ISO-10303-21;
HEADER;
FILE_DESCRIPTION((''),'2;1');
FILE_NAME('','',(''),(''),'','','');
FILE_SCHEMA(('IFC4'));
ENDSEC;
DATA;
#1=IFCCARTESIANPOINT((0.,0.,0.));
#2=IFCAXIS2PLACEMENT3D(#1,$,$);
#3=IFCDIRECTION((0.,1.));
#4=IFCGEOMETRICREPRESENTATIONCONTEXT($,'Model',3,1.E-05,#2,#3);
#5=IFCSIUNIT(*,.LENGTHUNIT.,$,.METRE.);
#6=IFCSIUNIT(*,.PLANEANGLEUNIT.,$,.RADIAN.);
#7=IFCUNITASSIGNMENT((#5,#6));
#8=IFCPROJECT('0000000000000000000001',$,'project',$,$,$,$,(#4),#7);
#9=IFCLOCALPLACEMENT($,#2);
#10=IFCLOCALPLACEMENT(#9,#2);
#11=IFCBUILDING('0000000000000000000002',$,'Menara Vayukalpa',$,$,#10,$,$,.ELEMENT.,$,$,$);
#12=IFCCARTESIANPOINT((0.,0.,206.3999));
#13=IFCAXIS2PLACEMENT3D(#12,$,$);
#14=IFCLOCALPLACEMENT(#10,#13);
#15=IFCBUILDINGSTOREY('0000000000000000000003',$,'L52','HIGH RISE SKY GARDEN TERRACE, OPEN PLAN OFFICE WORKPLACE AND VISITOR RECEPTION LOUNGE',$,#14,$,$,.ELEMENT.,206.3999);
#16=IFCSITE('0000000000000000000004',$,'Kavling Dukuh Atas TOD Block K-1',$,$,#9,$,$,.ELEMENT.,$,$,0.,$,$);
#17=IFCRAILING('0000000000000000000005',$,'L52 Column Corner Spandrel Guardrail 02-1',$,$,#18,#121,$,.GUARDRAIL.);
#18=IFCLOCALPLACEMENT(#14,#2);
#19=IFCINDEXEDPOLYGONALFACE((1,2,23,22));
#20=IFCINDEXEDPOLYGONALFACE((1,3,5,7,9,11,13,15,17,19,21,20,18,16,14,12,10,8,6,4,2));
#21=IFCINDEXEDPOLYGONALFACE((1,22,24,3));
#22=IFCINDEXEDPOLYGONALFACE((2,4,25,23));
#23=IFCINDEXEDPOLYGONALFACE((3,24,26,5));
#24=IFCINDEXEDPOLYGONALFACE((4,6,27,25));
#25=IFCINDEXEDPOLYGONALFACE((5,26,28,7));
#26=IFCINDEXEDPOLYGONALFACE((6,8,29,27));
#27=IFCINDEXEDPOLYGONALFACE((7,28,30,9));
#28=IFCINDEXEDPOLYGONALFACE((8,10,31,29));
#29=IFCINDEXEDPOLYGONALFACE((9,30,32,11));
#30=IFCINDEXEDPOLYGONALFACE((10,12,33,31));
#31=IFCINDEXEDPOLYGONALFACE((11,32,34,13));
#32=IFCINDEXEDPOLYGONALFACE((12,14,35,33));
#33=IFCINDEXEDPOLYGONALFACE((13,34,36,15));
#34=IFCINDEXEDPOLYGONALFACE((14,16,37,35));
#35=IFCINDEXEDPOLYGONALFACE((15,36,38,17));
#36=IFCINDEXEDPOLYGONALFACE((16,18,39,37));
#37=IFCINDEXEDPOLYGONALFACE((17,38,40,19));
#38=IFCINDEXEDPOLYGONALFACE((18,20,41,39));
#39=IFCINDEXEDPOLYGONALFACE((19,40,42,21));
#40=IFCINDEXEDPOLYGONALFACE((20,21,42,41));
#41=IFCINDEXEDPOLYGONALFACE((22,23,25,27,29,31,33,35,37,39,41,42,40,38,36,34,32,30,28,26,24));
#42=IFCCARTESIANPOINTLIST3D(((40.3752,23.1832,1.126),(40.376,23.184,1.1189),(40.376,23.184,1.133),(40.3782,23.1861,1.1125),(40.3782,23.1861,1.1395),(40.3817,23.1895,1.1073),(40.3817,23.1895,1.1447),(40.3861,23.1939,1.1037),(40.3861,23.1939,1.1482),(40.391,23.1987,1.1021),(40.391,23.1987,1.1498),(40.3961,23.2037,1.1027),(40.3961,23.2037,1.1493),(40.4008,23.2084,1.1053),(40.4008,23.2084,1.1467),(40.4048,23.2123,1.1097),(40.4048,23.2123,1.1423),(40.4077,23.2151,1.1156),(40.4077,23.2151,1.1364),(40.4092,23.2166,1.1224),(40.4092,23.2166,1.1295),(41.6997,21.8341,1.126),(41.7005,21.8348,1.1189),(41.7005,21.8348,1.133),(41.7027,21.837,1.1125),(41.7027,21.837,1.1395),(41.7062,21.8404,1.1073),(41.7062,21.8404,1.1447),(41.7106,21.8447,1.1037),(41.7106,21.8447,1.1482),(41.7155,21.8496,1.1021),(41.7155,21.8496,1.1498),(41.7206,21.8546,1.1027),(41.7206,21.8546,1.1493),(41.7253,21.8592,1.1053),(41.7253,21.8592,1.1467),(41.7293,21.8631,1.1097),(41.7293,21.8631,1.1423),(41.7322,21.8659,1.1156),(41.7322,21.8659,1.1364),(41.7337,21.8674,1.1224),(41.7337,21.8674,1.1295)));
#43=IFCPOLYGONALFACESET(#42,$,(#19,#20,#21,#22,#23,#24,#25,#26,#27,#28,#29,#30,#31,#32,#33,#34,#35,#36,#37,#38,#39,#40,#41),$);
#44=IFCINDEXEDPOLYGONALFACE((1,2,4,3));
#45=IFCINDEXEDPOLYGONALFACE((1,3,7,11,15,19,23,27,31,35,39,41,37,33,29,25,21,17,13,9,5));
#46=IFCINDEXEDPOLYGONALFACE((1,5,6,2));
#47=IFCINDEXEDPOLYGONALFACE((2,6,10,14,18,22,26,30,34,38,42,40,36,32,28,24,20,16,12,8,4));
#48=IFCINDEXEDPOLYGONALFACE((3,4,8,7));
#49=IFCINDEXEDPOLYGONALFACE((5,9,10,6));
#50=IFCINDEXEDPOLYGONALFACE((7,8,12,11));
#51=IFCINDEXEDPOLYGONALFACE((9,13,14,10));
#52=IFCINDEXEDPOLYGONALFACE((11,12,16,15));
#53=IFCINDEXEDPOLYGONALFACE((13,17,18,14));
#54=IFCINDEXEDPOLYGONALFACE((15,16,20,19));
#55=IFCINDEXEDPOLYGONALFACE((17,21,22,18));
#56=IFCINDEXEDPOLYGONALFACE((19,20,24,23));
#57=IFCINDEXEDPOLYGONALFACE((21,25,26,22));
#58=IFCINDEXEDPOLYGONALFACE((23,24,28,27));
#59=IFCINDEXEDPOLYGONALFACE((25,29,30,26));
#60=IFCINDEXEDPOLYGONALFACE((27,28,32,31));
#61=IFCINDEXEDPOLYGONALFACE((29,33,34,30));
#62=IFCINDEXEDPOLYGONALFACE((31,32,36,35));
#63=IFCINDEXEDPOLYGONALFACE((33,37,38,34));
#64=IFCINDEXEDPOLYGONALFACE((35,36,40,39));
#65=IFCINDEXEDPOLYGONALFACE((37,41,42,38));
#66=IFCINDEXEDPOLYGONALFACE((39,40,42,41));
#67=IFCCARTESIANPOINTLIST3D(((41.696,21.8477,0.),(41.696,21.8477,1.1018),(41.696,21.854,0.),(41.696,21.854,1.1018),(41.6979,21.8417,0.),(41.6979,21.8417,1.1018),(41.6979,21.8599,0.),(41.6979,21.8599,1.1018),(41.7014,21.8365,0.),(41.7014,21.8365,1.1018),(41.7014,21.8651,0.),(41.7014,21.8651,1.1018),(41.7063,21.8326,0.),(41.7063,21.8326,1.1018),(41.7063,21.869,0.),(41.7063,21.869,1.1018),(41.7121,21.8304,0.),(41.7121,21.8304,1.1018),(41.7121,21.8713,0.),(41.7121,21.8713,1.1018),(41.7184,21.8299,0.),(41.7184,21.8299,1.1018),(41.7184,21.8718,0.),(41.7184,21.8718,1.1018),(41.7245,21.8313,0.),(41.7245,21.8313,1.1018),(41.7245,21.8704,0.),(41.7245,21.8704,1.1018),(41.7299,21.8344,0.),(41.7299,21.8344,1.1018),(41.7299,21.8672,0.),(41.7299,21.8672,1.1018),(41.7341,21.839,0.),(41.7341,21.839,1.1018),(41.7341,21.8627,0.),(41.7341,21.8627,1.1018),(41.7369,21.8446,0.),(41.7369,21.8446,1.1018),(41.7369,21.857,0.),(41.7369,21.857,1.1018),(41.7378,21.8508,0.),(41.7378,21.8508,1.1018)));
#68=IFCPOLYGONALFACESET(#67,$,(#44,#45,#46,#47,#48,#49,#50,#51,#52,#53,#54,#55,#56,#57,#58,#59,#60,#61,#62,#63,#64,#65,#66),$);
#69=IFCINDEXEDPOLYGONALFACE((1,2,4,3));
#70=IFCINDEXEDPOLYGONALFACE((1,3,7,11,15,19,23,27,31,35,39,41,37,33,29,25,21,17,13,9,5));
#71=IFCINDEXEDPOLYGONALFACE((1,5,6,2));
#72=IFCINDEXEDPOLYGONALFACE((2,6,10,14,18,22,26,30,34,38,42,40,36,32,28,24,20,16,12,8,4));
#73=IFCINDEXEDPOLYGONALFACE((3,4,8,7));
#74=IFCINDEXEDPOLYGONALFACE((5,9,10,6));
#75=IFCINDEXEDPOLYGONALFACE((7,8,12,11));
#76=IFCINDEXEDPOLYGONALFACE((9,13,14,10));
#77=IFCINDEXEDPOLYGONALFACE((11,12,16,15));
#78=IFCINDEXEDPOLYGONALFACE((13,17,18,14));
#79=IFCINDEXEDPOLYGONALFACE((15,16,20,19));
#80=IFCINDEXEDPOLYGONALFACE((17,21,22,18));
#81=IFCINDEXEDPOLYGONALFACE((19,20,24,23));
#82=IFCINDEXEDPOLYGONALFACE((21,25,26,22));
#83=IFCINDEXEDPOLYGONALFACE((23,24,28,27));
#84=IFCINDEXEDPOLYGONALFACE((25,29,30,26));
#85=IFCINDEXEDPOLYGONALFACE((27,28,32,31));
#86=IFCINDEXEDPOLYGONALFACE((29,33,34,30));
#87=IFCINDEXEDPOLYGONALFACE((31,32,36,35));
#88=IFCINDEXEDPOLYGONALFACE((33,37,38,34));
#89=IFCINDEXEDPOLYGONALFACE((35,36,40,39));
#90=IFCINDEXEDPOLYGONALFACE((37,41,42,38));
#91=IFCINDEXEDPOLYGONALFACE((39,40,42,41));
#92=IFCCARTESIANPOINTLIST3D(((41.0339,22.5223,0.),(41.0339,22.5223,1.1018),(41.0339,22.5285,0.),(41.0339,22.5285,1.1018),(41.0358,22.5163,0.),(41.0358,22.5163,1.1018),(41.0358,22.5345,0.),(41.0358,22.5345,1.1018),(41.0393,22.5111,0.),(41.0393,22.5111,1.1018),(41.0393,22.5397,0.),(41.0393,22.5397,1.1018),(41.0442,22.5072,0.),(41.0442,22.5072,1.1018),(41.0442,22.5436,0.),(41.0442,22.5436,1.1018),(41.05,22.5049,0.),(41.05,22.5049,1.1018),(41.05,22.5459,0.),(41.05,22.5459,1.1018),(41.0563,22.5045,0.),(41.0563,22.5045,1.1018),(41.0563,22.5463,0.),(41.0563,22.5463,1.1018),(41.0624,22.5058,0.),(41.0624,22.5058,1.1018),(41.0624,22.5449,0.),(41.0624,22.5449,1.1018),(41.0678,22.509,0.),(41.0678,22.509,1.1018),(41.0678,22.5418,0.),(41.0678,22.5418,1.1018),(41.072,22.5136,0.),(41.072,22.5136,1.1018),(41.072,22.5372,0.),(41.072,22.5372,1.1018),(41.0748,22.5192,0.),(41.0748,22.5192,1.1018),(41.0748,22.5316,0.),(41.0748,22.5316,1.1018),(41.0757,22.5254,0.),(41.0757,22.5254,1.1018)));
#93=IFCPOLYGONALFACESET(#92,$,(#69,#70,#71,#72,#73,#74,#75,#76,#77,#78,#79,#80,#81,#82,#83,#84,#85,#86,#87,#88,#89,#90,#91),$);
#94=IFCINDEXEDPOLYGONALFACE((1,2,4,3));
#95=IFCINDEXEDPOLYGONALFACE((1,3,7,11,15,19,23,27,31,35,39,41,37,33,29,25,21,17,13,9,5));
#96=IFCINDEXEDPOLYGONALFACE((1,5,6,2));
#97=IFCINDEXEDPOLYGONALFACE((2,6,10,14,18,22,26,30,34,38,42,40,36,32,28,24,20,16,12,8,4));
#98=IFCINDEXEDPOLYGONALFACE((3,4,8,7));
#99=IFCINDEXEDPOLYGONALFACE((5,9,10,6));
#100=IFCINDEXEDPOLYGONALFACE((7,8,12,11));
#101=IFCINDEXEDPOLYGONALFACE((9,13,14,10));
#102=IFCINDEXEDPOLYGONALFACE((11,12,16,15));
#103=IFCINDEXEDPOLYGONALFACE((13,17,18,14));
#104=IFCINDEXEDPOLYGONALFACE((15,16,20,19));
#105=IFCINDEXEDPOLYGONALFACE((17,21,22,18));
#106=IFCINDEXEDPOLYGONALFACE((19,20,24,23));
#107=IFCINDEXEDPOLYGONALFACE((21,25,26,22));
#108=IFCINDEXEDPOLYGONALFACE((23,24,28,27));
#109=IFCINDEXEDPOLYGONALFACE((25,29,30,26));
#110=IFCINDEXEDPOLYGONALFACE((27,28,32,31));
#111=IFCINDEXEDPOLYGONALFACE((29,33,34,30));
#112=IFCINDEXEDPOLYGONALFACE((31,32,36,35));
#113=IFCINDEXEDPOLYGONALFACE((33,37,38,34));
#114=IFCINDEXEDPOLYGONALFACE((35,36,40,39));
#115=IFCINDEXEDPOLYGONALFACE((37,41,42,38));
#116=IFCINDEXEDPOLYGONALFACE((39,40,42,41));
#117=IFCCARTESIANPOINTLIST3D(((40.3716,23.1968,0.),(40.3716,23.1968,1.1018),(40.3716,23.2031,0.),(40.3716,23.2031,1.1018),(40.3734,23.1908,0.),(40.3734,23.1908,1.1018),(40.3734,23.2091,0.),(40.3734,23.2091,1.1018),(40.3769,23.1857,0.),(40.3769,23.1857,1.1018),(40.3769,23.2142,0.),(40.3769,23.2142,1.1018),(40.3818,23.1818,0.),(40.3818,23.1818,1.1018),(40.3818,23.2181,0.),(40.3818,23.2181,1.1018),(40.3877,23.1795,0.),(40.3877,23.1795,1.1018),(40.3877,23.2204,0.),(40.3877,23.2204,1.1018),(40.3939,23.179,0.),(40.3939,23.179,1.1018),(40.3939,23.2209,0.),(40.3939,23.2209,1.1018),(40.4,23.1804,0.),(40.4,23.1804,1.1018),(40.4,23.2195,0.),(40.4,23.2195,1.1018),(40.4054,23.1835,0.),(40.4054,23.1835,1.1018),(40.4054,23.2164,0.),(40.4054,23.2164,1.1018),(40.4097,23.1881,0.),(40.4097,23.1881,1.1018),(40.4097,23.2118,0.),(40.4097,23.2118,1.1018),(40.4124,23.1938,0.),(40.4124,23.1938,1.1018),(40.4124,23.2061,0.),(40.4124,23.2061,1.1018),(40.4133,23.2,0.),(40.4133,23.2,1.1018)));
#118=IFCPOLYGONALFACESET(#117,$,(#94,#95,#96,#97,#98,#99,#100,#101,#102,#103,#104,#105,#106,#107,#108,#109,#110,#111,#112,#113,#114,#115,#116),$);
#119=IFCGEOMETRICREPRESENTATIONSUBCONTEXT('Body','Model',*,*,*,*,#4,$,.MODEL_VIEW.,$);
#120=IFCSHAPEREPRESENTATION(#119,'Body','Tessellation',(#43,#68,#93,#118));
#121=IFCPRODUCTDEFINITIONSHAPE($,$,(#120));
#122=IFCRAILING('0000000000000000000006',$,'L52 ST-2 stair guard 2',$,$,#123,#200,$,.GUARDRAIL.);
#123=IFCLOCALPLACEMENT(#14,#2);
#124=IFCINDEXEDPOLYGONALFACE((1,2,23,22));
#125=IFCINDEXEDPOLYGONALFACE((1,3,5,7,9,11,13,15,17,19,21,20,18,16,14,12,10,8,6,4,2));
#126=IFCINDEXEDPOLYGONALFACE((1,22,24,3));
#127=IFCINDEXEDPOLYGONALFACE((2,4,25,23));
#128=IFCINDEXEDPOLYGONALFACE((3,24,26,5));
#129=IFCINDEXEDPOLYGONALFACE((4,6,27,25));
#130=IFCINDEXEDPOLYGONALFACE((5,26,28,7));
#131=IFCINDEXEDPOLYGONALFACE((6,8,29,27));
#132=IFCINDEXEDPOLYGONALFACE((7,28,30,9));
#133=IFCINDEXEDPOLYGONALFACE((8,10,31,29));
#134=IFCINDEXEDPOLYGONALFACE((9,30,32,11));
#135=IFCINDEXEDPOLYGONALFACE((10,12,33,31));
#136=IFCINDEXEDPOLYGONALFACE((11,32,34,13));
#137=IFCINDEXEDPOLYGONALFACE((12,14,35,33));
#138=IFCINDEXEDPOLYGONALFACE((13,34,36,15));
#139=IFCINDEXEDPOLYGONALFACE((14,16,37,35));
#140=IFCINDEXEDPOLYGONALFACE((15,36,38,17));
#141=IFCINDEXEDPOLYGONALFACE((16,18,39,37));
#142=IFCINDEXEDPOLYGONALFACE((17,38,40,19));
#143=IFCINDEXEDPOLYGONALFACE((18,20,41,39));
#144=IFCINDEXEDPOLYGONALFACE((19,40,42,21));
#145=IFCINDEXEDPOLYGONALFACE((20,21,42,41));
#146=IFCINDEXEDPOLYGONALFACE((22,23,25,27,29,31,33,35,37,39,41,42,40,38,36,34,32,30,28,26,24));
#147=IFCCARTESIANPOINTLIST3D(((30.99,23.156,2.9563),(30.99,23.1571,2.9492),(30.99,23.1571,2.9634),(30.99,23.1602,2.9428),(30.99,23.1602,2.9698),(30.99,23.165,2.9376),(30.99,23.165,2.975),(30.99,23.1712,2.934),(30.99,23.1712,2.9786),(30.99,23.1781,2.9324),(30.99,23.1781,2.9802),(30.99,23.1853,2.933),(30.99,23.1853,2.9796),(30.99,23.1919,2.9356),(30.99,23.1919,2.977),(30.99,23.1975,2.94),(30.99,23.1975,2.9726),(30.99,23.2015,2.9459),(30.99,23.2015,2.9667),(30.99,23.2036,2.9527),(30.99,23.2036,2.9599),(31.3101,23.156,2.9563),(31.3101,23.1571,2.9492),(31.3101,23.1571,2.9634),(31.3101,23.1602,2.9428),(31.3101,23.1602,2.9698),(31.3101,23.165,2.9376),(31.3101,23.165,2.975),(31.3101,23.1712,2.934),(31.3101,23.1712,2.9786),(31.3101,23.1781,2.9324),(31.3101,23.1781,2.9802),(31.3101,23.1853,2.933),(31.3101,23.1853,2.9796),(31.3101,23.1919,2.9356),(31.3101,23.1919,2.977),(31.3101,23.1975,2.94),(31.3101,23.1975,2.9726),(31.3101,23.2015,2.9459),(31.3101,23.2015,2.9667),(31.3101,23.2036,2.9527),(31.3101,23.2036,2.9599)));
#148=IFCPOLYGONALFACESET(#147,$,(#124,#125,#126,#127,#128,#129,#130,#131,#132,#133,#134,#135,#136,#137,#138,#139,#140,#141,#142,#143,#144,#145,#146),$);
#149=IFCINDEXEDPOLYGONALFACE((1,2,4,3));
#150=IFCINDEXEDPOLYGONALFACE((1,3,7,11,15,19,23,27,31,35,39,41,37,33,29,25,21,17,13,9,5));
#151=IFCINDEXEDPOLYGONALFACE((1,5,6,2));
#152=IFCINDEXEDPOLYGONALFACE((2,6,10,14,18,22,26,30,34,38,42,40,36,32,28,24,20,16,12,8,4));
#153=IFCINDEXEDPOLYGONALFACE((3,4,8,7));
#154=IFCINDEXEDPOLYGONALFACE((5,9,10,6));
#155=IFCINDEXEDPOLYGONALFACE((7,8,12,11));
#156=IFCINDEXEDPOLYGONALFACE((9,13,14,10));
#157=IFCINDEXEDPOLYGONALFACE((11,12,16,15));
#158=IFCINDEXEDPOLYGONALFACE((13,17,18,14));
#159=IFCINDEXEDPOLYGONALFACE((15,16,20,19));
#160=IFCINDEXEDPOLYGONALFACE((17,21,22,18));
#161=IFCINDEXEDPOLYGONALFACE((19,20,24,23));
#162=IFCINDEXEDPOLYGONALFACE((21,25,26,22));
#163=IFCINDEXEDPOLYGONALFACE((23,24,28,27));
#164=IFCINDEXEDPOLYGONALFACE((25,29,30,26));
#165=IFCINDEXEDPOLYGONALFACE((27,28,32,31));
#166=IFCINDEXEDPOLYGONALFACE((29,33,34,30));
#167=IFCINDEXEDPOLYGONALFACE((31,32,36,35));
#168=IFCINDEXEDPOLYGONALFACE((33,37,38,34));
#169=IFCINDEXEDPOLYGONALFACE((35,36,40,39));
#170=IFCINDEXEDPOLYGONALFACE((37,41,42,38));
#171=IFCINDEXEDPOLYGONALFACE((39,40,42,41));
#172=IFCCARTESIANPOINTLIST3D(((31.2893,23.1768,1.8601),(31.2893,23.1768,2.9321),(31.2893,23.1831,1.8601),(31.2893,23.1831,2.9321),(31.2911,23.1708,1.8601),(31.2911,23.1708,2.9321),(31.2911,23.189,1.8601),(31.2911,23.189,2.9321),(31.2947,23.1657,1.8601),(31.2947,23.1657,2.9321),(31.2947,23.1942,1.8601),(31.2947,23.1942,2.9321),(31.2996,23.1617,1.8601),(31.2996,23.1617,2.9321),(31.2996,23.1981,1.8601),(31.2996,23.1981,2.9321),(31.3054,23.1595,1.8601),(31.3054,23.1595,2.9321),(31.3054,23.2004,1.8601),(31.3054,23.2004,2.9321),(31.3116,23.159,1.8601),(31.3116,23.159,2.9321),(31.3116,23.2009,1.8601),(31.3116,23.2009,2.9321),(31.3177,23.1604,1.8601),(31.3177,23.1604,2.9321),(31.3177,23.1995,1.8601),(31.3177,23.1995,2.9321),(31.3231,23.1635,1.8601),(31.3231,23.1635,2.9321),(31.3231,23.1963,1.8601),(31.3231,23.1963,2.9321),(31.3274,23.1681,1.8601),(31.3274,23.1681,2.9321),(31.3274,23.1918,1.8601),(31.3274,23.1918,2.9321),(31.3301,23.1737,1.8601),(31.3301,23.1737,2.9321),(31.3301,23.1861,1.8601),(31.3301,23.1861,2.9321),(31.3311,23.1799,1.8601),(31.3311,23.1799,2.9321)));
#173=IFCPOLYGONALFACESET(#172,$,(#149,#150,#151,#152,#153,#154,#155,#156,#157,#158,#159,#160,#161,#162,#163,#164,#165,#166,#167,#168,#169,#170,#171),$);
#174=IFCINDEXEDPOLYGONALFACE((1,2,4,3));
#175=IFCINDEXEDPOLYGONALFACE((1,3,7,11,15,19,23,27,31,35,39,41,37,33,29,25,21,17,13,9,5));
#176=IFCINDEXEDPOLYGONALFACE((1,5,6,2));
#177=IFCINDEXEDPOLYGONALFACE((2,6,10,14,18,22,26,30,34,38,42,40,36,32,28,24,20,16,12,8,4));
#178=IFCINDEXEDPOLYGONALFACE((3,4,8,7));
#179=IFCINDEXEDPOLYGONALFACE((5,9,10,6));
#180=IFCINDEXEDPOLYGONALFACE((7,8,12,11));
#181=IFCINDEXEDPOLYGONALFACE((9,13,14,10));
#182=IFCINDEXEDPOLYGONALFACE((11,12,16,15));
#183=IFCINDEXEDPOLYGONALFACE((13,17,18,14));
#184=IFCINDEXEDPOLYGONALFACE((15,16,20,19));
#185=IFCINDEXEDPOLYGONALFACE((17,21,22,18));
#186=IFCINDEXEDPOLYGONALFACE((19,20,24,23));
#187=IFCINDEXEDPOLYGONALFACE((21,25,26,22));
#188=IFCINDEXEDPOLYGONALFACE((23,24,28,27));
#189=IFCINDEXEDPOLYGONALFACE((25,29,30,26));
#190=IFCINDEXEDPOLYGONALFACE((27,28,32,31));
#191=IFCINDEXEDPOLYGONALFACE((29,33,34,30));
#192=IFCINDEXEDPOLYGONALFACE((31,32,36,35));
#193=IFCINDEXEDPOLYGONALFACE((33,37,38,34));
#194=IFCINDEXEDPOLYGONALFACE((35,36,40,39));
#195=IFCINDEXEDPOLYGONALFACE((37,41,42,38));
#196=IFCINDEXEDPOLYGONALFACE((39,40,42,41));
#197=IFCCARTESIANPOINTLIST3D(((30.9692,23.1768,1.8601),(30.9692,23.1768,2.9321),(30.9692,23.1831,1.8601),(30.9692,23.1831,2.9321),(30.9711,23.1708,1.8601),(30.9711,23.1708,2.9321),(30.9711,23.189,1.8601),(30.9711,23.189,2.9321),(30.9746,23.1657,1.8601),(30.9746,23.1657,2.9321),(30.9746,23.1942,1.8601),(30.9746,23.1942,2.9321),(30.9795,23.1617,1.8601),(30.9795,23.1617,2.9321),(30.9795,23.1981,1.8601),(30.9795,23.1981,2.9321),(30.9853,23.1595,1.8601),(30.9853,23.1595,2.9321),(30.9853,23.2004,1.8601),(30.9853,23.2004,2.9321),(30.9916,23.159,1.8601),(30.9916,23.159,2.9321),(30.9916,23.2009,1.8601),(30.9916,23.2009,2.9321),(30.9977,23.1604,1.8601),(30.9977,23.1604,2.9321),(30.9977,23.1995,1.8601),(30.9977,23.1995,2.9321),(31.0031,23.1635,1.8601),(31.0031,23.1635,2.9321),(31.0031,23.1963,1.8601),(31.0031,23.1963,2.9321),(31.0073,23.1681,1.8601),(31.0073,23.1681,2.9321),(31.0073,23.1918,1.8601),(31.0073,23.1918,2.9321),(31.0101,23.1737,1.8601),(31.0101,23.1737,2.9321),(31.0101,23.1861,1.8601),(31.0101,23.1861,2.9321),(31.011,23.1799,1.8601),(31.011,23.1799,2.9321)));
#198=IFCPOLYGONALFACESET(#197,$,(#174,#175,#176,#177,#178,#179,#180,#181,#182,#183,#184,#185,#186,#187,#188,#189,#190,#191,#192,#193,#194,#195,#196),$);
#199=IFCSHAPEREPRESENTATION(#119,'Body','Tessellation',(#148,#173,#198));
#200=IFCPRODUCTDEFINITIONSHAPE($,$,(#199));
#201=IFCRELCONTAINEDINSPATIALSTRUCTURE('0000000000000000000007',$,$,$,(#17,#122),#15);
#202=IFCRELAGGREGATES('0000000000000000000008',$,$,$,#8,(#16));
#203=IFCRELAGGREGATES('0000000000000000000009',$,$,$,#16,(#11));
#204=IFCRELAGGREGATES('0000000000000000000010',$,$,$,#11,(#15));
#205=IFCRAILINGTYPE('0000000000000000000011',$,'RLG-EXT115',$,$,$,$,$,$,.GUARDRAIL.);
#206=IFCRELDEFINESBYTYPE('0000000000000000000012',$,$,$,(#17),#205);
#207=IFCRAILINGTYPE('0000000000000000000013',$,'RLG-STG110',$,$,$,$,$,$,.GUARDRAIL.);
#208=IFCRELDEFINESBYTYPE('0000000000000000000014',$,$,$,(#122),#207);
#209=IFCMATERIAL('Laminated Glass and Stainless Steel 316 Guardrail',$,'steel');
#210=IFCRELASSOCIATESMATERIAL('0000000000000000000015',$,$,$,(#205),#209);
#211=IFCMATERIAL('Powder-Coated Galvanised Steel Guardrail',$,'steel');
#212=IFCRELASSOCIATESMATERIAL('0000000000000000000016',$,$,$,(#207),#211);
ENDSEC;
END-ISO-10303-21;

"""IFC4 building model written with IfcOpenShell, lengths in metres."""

from ifc_helpers import new_model, si_unit, direction, frame, origin, origin_2d, place, context, subcontext, project, spatial, circle, extrude, material, type_object, element, save


model = new_model("IFC4")

# Units and contexts
model_context = context("Model", 3, precision=1e-05, world=origin(), true_north=direction((0.0, 1.0)))
body_context = subcontext(model_context, "Body", "Model", "MODEL_VIEW")
ifc_project = project(units=[si_unit("LENGTHUNIT", "METRE"), si_unit("PLANEANGLEUNIT", "RADIAN")], contexts=[model_context])

# Site, building, storey
site_placement = place(None, origin())
site = spatial("IfcSite", under=ifc_project, at=site_placement, Name="Kavling Dukuh Atas TOD Block K-1", CompositionType="ELEMENT", RefElevation=0.0)
building_placement = place(site_placement, origin())
building = spatial("IfcBuilding", under=site, at=building_placement, Name="Menara Vayukalpa", CompositionType="ELEMENT")
storey_placement = place(building_placement, frame((0.0, 0.0, 206.3999)))
storey = spatial("IfcBuildingStorey", under=building, at=storey_placement, Name="L52", Description="HIGH RISE SKY GARDEN TERRACE, OPEN PLAN OFFICE WORKPLACE AND VISITOR RECEPTION LOUNGE", CompositionType="ELEMENT", Elevation=206.3999)

# Railings
ifc_material_1 = material(Name="Laminated Glass and Stainless Steel 316 Guardrail", Category="steel")
railing_type_1 = type_object("IfcRailingType", Name="RLG-EXT115", PredefinedType="GUARDRAIL", material=ifc_material_1)
railing_1_placement = place(storey_placement, frame((41.7168, 21.8508, 0.0)))
element("IfcRailing", 1, at=railing_1_placement, inside=storey, type_object=railing_type_1, Name="L52 Column Corner Spandrel Guardrail 02-1", PredefinedType="GUARDRAIL", context=body_context, shape_type="SweptSolid", body=[
    extrude(circle(Radius=0.0239, at=origin_2d()), frame((0.0, 0.0, 1.126), z_axis=(-0.700555, 0.713598, 0.0), x_axis=(-0.713598, -0.700555, 0.0)), (0.0, 0.0, 1.0), 1.8906),
    extrude(circle(Radius=0.021, at=origin_2d()), origin(), (0.0, 0.0, 1.0), 1.1018),
    extrude(circle(Radius=0.021, at=origin_2d()), frame((-0.6621, 0.6746, 0.0)), (0.0, 0.0, 1.0), 1.1018),
    extrude(circle(Radius=0.021, at=origin_2d()), frame((-1.3245, 1.3491, 0.0)), (0.0, 0.0, 1.0), 1.1018),
])
ifc_material_2 = material(Name="Powder-Coated Galvanised Steel Guardrail", Category="steel")
railing_type_2 = type_object("IfcRailingType", Name="RLG-STG110", PredefinedType="GUARDRAIL", material=ifc_material_2)
railing_2_placement = place(storey_placement, frame((31.3101, 23.1799, 1.8601)))
element("IfcRailing", 2, at=railing_2_placement, inside=storey, type_object=railing_type_2, Name="L52 ST-2 stair guard 2", PredefinedType="GUARDRAIL", context=body_context, shape_type="SweptSolid", body=[
    extrude(circle(Radius=0.0239, at=origin_2d()), frame((0.0, 0.0, 1.0962), z_axis=(-1.0, 0.0, 0.0), x_axis=(0.0, -1.0, 0.0)), (0.0, 0.0, 1.0), 0.3201),
    extrude(circle(Radius=0.021, at=origin_2d()), origin(), (0.0, 0.0, 1.0), 1.072),
    extrude(circle(Radius=0.021, at=origin_2d()), frame((-0.3201, 0.0, 0.0)), (0.0, 0.0, 1.0), 1.072),
])

save(model, "model.ifc")
